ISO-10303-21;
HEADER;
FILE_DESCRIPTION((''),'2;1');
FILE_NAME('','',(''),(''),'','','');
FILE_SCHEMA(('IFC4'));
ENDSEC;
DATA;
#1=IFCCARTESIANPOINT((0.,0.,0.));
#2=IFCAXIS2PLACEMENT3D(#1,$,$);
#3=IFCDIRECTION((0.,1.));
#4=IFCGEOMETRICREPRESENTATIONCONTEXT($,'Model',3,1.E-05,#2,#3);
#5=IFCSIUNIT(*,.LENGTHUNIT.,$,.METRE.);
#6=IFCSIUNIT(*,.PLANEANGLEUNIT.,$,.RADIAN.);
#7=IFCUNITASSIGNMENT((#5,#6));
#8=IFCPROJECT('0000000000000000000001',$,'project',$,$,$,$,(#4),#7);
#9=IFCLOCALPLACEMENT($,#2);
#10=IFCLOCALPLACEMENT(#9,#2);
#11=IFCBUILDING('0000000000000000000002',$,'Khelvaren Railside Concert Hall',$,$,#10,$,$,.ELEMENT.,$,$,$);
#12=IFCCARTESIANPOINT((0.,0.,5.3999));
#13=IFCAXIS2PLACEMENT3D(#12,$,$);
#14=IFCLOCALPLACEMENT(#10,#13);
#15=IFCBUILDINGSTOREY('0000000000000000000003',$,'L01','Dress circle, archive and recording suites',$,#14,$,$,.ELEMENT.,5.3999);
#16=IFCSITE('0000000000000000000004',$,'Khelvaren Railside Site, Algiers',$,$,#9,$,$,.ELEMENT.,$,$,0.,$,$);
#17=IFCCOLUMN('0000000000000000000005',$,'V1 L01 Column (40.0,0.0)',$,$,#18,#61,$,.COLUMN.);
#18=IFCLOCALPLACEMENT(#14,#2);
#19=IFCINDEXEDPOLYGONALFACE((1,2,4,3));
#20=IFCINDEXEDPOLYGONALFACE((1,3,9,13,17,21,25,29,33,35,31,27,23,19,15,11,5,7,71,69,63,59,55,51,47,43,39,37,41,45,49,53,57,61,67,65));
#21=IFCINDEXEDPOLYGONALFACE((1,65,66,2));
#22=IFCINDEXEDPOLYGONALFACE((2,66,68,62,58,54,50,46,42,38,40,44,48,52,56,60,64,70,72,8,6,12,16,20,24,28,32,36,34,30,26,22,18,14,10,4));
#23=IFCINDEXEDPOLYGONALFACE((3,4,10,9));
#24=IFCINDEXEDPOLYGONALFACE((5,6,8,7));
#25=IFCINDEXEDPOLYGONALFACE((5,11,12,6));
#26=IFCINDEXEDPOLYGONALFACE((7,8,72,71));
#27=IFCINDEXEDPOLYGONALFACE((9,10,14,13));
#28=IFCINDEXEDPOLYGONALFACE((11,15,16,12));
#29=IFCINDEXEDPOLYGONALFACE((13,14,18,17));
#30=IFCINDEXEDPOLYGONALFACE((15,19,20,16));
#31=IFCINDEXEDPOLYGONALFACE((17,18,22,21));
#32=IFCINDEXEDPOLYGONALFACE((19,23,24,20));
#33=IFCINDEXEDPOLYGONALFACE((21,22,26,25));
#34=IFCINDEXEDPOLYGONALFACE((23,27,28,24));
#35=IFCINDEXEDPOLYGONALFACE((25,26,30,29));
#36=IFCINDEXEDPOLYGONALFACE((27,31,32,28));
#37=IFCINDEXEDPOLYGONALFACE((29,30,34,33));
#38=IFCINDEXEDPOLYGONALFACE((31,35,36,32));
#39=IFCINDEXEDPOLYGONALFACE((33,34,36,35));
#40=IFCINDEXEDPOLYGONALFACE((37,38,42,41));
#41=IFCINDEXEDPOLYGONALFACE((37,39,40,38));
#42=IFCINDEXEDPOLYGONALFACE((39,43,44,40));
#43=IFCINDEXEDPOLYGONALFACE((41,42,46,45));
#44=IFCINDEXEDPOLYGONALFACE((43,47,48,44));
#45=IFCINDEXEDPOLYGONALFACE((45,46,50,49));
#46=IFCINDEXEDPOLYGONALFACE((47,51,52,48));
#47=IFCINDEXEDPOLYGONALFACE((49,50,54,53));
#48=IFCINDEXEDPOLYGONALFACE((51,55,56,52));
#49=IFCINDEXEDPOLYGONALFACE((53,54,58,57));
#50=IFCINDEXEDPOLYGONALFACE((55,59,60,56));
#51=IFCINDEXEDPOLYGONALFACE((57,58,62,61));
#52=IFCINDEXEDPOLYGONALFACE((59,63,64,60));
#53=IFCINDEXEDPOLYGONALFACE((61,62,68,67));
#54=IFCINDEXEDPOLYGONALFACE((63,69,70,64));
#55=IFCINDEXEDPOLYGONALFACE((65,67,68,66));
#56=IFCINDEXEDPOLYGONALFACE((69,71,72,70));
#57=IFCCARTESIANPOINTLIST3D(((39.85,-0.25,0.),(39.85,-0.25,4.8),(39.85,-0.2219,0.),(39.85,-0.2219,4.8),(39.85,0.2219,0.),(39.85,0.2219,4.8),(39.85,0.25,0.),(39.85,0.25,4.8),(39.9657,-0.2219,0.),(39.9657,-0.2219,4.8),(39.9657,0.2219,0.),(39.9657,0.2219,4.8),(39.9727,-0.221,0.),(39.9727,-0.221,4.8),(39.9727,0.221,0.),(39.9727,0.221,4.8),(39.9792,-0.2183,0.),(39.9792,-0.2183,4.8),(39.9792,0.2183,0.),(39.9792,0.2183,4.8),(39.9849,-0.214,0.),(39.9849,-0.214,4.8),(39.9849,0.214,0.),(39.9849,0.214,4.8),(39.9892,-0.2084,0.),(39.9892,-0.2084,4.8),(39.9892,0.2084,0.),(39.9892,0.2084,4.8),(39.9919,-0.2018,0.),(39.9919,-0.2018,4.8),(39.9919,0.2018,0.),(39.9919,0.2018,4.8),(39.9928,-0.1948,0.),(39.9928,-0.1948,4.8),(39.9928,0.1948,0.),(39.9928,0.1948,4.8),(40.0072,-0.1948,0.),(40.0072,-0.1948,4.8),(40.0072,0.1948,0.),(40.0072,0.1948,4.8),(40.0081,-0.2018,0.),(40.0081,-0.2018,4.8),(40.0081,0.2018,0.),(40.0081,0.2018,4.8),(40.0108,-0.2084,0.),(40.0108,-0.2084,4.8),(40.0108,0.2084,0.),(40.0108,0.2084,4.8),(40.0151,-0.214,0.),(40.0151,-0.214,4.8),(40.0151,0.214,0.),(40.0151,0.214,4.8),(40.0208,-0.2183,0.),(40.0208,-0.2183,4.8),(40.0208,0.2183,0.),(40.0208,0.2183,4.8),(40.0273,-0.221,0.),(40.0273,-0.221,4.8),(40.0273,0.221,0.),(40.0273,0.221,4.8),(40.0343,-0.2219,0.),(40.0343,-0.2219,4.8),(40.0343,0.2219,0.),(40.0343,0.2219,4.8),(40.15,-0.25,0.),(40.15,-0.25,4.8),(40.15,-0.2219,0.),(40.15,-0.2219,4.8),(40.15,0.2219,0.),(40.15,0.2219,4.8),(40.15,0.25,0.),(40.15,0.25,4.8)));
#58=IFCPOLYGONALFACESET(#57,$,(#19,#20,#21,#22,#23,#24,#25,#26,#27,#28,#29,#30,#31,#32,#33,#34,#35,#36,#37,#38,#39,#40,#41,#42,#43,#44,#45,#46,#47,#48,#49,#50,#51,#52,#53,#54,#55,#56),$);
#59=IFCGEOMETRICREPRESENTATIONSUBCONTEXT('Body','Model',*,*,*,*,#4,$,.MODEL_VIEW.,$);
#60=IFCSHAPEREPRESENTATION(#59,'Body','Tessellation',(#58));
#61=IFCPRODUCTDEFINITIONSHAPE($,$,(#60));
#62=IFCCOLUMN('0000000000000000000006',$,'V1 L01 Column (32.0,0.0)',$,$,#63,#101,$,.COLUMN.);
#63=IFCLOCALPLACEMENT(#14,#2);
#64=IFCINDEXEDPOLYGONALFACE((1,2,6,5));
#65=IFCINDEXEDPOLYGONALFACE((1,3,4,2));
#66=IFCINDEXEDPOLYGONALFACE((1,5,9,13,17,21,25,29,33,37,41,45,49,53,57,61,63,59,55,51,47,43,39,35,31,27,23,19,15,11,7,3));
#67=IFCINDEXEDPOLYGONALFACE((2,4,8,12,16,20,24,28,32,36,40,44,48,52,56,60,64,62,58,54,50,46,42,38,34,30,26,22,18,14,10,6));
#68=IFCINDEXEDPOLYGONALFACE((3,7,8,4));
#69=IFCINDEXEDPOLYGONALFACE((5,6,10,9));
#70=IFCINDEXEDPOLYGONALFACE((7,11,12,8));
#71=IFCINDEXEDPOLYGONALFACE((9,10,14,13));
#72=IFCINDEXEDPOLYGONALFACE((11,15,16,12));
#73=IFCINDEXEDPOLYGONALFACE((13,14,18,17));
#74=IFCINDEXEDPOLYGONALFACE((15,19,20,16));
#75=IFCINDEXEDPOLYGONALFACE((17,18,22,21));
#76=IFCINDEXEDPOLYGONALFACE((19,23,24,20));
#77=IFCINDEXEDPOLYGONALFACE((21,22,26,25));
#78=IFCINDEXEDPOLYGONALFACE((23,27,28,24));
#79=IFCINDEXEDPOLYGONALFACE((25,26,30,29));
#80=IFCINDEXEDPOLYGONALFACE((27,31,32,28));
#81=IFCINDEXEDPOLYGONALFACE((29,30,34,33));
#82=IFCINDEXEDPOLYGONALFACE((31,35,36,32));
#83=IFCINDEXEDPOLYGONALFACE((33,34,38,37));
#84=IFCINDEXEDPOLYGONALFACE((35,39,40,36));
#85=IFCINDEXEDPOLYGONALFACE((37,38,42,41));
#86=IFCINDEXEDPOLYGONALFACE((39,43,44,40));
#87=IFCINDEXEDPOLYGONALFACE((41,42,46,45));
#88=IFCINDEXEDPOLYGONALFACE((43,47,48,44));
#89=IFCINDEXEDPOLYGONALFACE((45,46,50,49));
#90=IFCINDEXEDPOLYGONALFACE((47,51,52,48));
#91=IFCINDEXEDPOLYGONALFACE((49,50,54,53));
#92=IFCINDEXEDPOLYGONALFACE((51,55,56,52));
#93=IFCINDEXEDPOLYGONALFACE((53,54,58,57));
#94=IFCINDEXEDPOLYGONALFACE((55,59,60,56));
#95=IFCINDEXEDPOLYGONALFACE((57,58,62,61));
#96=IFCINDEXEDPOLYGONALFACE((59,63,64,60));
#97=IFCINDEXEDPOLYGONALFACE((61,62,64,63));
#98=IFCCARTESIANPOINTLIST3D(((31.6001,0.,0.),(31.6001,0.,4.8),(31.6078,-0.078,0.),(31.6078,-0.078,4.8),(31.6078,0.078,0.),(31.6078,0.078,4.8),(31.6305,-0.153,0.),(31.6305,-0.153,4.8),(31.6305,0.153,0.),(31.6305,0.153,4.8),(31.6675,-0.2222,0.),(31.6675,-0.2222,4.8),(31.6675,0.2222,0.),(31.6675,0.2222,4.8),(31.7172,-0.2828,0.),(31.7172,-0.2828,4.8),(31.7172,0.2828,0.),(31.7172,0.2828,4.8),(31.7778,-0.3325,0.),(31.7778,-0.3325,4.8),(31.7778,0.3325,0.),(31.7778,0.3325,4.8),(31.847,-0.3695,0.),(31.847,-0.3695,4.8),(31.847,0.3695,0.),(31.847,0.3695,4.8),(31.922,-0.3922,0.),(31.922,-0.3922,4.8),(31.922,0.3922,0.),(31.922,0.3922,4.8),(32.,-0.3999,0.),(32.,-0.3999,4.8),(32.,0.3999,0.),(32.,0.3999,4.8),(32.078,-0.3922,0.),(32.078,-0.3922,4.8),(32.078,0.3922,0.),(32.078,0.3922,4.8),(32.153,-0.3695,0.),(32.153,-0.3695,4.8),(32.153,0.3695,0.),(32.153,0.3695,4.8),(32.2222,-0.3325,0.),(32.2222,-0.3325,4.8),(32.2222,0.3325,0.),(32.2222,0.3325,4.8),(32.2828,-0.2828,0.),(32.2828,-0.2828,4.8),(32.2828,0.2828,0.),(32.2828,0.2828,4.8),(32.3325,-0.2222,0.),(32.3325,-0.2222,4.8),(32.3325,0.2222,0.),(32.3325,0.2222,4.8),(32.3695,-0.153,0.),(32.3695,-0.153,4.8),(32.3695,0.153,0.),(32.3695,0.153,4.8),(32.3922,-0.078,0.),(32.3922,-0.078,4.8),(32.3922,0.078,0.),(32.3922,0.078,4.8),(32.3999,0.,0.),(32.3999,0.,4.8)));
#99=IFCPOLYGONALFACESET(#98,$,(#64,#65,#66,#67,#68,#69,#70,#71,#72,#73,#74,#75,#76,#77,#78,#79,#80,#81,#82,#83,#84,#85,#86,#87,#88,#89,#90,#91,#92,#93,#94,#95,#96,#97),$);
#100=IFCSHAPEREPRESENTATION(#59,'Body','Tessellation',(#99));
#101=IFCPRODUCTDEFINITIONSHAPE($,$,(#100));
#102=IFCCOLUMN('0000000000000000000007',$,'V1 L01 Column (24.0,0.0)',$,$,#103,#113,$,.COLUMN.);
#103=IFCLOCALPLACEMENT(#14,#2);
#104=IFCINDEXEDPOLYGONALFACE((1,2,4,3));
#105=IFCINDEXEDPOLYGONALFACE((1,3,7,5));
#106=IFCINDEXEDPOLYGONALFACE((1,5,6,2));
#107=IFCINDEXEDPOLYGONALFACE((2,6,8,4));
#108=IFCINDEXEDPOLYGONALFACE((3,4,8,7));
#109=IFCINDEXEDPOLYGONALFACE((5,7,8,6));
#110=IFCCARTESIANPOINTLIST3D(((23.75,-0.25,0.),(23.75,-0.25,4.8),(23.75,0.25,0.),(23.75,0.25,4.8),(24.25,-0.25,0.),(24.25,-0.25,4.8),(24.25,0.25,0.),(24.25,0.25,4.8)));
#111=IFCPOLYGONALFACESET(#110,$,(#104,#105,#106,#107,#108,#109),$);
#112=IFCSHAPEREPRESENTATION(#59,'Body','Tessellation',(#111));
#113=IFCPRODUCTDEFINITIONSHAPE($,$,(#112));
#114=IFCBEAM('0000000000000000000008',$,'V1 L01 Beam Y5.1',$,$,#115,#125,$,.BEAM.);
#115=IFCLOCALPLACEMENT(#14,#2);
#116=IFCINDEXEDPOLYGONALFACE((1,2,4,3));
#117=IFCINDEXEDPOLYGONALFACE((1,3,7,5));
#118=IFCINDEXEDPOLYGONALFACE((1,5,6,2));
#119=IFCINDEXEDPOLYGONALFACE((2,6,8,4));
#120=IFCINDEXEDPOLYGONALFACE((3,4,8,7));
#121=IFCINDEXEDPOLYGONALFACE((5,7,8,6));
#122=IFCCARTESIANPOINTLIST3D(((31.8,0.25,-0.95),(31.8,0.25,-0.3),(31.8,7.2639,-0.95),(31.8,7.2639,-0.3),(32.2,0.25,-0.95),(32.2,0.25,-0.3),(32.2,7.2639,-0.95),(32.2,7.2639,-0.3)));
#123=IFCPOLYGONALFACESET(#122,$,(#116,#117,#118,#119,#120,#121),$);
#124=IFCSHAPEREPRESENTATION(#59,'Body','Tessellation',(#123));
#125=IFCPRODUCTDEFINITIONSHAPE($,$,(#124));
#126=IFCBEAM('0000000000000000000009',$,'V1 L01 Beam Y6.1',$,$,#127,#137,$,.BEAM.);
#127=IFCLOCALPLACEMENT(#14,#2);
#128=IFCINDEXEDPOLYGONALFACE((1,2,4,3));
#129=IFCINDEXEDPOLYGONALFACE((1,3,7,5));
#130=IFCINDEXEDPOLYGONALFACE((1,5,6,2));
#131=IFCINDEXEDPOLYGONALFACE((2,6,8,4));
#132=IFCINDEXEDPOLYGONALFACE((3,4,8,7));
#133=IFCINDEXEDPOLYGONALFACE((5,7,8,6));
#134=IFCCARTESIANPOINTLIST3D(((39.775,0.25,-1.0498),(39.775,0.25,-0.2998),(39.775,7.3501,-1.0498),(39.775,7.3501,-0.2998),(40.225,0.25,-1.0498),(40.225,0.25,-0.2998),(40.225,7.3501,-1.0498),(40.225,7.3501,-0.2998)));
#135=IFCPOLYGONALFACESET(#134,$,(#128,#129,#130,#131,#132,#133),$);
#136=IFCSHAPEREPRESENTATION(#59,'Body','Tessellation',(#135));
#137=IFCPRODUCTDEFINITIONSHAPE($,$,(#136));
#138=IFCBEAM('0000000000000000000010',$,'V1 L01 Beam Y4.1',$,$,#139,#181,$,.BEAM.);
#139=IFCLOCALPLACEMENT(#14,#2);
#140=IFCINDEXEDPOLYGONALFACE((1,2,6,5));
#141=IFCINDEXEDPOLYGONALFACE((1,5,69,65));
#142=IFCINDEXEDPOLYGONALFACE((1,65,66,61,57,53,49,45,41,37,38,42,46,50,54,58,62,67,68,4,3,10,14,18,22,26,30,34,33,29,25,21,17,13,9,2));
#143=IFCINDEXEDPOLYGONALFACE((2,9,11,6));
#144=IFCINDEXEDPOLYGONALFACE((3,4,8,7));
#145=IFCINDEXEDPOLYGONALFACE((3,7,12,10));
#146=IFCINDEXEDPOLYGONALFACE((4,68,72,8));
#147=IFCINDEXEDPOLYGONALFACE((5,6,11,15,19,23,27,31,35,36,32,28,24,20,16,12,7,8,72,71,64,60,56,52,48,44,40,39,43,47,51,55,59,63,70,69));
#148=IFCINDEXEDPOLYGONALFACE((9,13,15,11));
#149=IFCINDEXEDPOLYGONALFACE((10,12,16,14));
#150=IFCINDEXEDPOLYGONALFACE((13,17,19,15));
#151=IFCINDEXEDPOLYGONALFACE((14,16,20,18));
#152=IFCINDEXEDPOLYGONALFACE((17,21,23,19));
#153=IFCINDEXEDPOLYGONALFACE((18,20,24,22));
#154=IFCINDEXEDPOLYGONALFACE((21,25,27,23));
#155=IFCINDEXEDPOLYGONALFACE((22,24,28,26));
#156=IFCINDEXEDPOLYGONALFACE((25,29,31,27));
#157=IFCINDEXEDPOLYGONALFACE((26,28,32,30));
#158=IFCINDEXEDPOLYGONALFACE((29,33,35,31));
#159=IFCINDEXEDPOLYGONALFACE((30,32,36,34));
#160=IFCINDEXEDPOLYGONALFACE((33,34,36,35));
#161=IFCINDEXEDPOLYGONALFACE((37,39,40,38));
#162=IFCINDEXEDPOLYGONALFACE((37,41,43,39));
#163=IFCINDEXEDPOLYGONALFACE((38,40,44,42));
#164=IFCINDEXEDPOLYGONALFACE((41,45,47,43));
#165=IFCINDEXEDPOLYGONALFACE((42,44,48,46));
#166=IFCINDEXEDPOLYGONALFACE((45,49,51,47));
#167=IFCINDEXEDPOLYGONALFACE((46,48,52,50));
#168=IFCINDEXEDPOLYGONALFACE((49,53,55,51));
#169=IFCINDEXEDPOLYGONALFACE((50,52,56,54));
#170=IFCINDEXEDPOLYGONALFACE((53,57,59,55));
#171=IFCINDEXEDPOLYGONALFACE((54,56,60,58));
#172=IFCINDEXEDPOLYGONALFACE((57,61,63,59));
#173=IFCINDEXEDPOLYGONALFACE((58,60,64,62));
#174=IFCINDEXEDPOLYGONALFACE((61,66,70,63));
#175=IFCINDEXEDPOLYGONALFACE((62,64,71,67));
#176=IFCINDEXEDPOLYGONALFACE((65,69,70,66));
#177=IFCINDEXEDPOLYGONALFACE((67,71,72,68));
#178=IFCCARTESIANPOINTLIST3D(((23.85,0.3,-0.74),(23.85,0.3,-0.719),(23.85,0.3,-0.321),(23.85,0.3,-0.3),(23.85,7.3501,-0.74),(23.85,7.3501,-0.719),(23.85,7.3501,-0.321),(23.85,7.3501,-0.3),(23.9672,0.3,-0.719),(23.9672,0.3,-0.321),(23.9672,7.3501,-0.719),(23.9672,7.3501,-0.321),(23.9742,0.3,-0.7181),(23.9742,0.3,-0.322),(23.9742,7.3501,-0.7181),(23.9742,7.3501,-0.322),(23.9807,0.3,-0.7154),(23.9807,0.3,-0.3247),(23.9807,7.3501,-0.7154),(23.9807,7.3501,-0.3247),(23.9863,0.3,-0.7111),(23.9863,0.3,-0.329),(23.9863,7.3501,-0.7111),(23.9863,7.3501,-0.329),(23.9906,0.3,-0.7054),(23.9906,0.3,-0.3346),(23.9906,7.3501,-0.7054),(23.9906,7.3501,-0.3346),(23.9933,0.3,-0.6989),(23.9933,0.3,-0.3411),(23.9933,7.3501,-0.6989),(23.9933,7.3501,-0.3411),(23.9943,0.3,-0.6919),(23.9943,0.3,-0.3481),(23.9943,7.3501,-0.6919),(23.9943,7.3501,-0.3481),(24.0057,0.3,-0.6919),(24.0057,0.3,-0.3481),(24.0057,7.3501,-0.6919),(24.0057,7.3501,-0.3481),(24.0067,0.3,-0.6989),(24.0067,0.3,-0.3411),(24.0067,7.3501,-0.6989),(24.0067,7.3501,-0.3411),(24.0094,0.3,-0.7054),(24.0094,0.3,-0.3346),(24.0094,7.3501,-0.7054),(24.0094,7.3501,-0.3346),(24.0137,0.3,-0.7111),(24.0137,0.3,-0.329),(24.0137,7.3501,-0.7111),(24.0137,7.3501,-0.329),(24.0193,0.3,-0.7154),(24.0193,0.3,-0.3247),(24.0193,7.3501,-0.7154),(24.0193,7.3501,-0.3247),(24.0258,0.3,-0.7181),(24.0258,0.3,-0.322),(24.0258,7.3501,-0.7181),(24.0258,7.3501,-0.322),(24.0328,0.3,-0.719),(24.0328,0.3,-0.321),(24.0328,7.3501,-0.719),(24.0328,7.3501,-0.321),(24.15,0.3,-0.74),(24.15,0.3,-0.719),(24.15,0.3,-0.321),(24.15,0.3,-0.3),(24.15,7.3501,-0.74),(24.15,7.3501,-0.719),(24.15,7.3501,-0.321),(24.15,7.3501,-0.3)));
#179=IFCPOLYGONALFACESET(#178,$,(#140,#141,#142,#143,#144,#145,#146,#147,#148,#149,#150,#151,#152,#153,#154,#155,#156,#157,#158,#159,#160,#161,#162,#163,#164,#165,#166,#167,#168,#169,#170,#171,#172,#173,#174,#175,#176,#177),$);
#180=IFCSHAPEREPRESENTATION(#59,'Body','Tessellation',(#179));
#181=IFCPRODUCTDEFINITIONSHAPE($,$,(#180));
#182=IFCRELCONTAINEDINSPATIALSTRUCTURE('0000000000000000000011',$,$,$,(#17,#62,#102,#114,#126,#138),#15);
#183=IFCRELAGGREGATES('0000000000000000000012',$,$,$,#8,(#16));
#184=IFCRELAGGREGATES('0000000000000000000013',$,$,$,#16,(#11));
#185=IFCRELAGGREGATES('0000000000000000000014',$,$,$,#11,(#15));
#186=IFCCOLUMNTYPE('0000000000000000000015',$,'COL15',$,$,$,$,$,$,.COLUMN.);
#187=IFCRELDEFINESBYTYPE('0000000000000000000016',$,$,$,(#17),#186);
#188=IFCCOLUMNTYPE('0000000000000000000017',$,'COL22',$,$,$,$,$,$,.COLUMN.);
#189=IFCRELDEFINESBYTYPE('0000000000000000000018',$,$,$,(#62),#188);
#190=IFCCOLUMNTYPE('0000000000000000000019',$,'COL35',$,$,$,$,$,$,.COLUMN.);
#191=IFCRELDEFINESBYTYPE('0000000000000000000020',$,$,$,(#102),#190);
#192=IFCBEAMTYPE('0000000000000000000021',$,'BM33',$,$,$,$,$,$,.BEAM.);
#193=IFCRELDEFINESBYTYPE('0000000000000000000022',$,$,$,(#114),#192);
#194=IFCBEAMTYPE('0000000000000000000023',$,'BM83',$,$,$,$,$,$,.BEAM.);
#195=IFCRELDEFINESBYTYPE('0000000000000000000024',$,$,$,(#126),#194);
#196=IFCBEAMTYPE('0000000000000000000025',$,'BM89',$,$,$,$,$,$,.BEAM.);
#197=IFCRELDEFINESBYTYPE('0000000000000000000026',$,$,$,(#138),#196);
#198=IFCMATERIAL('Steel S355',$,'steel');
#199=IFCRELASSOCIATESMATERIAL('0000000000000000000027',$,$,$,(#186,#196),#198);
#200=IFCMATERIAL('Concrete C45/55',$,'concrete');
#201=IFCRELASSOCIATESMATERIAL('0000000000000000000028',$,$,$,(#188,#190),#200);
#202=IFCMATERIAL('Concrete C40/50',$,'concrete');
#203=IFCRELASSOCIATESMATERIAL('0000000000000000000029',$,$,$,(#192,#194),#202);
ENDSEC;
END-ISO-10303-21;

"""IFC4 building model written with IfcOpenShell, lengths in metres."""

from ifc_helpers import new_model, si_unit, direction, frame, origin, origin_2d, place, context, subcontext, project, spatial, rectangle, circle, i_section, extrude, material, material_profile, profile_set, type_object, element, save


model = new_model("IFC4")

# Units and contexts
model_context = context("Model", 3, precision=1e-05, world=origin(), true_north=direction((0.0, 1.0)))
body_context = subcontext(model_context, "Body", "Model", "MODEL_VIEW")
ifc_project = project(units=[si_unit("LENGTHUNIT", "METRE"), si_unit("PLANEANGLEUNIT", "RADIAN")], contexts=[model_context])

# Site, building, storey
site_placement = place(None, origin())
site = spatial("IfcSite", under=ifc_project, at=site_placement, Name="Khelvaren Railside Site, Algiers", CompositionType="ELEMENT", RefElevation=0.0)
building_placement = place(site_placement, origin())
building = spatial("IfcBuilding", under=site, at=building_placement, Name="Khelvaren Railside Concert Hall", CompositionType="ELEMENT")
storey_placement = place(building_placement, frame((0.0, 0.0, 5.3999)))
storey = spatial("IfcBuildingStorey", under=building, at=storey_placement, Name="L01", Description="Dress circle, archive and recording suites", CompositionType="ELEMENT", Elevation=5.3999)

# Columns
ifc_material_1 = material(Name="Steel S355", Category="steel")
ifc_material_profile_1 = material_profile(ifc_material_1, i_section(OverallWidth=0.3, OverallDepth=0.5, WebThickness=0.0144, FlangeThickness=0.0281, FilletRadius=0.0271, at=origin_2d()), Name="HEB 500")
ifc_profile_set_1 = profile_set([ifc_material_profile_1], Name="Steel S355")
column_type_1 = type_object("IfcColumnType", Name="COL15", PredefinedType="COLUMN", material=ifc_profile_set_1)
column_1_placement = place(storey_placement, frame((40.0, 0.0, 0.0), z_axis=(0.0, 0.0, 1.0), x_axis=(1.0, 0.0, 0.0)))
element("IfcColumn", 1, at=column_1_placement, inside=storey, type_object=column_type_1, Name="V1 L01 Column (40.0,0.0)", PredefinedType="COLUMN", context=body_context, shape_type="SweptSolid", body=[
    extrude(i_section(OverallWidth=0.3, OverallDepth=0.5, WebThickness=0.0144, FlangeThickness=0.0281, FilletRadius=0.0271, at=origin_2d()), origin(), (0.0, 0.0, 1.0), 4.8),
])
ifc_material_2 = material(Name="Concrete C45/55", Category="concrete")
ifc_material_profile_2 = material_profile(ifc_material_2, circle(Radius=0.3999, at=origin_2d()), Name="RC D800")
ifc_profile_set_2 = profile_set([ifc_material_profile_2], Name="Concrete C45/55")
column_type_2 = type_object("IfcColumnType", Name="COL22", PredefinedType="COLUMN", material=ifc_profile_set_2)
column_2_placement = place(storey_placement, frame((32.0, 0.0, 0.0), z_axis=(0.0, 0.0, 1.0), x_axis=(1.0, 0.0, 0.0)))
element("IfcColumn", 2, at=column_2_placement, inside=storey, type_object=column_type_2, Name="V1 L01 Column (32.0,0.0)", PredefinedType="COLUMN", context=body_context, shape_type="SweptSolid", body=[
    extrude(circle(Radius=0.3999, at=origin_2d()), origin(), (0.0, 0.0, 1.0), 4.8),
])
ifc_material_profile_3 = material_profile(ifc_material_2, rectangle(XDim=0.5, YDim=0.5, at=origin_2d()), Name="RC 500x500")
ifc_profile_set_3 = profile_set([ifc_material_profile_3], Name="Concrete C45/55")
column_type_3 = type_object("IfcColumnType", Name="COL35", PredefinedType="COLUMN", material=ifc_profile_set_3)
column_3_placement = place(storey_placement, frame((24.0, 0.0, 0.0), z_axis=(0.0, 0.0, 1.0), x_axis=(1.0, 0.0, 0.0)))
element("IfcColumn", 3, at=column_3_placement, inside=storey, type_object=column_type_3, Name="V1 L01 Column (24.0,0.0)", PredefinedType="COLUMN", context=body_context, shape_type="SweptSolid", body=[
    extrude(rectangle(XDim=0.5, YDim=0.5, at=origin_2d()), origin(), (0.0, 0.0, 1.0), 4.8),
])

# Beams
ifc_material_3 = material(Name="Concrete C40/50", Category="concrete")
ifc_material_profile_4 = material_profile(ifc_material_3, rectangle(XDim=0.3999, YDim=0.6499, at=origin_2d()), Name="RCB 400x650")
ifc_profile_set_4 = profile_set([ifc_material_profile_4], Name="Concrete C40/50")
beam_type_1 = type_object("IfcBeamType", Name="BM33", PredefinedType="BEAM", material=ifc_profile_set_4)
beam_1_placement = place(storey_placement, frame((32.0, 0.25, -0.625), z_axis=(0.0, 1.0, 0.0), x_axis=(-1.0, 0.0, 0.0)))
element("IfcBeam", 4, at=beam_1_placement, inside=storey, type_object=beam_type_1, Name="V1 L01 Beam Y5.1", PredefinedType="BEAM", context=body_context, shape_type="SweptSolid", body=[
    extrude(rectangle(XDim=0.3999, YDim=0.6499, at=origin_2d()), origin(), (0.0, 0.0, 1.0), 7.0139),
])
ifc_material_profile_5 = material_profile(ifc_material_3, rectangle(XDim=0.45, YDim=0.75, at=origin_2d()), Name="RCB 450x750")
ifc_profile_set_5 = profile_set([ifc_material_profile_5], Name="Concrete C40/50")
beam_type_2 = type_object("IfcBeamType", Name="BM83", PredefinedType="BEAM", material=ifc_profile_set_5)
beam_2_placement = place(storey_placement, frame((40.0, 0.25, -0.6748), z_axis=(0.0, 1.0, 0.0), x_axis=(-1.0, 0.0, 0.0)))
element("IfcBeam", 5, at=beam_2_placement, inside=storey, type_object=beam_type_2, Name="V1 L01 Beam Y6.1", PredefinedType="BEAM", context=body_context, shape_type="SweptSolid", body=[
    extrude(rectangle(XDim=0.45, YDim=0.75, at=origin_2d()), origin(), (0.0, 0.0, 1.0), 7.1001),
])
ifc_material_profile_6 = material_profile(ifc_material_1, i_section(OverallWidth=0.3, OverallDepth=0.4399, WebThickness=0.0115, FlangeThickness=0.021, FilletRadius=0.0271, at=origin_2d()), Name="HEA 450")
ifc_profile_set_6 = profile_set([ifc_material_profile_6], Name="Steel S355")
beam_type_3 = type_object("IfcBeamType", Name="BM89", PredefinedType="BEAM", material=ifc_profile_set_6)
beam_3_placement = place(storey_placement, frame((24.0, 0.3, -0.52), z_axis=(0.0, 1.0, 0.0), x_axis=(-1.0, 0.0, 0.0)))
element("IfcBeam", 6, at=beam_3_placement, inside=storey, type_object=beam_type_3, Name="V1 L01 Beam Y4.1", PredefinedType="BEAM", context=body_context, shape_type="SweptSolid", body=[
    extrude(i_section(OverallWidth=0.3, OverallDepth=0.4399, WebThickness=0.0115, FlangeThickness=0.021, FilletRadius=0.0271, at=origin_2d()), origin(), (0.0, 0.0, 1.0), 7.05),
])

save(model, "model.ifc")
